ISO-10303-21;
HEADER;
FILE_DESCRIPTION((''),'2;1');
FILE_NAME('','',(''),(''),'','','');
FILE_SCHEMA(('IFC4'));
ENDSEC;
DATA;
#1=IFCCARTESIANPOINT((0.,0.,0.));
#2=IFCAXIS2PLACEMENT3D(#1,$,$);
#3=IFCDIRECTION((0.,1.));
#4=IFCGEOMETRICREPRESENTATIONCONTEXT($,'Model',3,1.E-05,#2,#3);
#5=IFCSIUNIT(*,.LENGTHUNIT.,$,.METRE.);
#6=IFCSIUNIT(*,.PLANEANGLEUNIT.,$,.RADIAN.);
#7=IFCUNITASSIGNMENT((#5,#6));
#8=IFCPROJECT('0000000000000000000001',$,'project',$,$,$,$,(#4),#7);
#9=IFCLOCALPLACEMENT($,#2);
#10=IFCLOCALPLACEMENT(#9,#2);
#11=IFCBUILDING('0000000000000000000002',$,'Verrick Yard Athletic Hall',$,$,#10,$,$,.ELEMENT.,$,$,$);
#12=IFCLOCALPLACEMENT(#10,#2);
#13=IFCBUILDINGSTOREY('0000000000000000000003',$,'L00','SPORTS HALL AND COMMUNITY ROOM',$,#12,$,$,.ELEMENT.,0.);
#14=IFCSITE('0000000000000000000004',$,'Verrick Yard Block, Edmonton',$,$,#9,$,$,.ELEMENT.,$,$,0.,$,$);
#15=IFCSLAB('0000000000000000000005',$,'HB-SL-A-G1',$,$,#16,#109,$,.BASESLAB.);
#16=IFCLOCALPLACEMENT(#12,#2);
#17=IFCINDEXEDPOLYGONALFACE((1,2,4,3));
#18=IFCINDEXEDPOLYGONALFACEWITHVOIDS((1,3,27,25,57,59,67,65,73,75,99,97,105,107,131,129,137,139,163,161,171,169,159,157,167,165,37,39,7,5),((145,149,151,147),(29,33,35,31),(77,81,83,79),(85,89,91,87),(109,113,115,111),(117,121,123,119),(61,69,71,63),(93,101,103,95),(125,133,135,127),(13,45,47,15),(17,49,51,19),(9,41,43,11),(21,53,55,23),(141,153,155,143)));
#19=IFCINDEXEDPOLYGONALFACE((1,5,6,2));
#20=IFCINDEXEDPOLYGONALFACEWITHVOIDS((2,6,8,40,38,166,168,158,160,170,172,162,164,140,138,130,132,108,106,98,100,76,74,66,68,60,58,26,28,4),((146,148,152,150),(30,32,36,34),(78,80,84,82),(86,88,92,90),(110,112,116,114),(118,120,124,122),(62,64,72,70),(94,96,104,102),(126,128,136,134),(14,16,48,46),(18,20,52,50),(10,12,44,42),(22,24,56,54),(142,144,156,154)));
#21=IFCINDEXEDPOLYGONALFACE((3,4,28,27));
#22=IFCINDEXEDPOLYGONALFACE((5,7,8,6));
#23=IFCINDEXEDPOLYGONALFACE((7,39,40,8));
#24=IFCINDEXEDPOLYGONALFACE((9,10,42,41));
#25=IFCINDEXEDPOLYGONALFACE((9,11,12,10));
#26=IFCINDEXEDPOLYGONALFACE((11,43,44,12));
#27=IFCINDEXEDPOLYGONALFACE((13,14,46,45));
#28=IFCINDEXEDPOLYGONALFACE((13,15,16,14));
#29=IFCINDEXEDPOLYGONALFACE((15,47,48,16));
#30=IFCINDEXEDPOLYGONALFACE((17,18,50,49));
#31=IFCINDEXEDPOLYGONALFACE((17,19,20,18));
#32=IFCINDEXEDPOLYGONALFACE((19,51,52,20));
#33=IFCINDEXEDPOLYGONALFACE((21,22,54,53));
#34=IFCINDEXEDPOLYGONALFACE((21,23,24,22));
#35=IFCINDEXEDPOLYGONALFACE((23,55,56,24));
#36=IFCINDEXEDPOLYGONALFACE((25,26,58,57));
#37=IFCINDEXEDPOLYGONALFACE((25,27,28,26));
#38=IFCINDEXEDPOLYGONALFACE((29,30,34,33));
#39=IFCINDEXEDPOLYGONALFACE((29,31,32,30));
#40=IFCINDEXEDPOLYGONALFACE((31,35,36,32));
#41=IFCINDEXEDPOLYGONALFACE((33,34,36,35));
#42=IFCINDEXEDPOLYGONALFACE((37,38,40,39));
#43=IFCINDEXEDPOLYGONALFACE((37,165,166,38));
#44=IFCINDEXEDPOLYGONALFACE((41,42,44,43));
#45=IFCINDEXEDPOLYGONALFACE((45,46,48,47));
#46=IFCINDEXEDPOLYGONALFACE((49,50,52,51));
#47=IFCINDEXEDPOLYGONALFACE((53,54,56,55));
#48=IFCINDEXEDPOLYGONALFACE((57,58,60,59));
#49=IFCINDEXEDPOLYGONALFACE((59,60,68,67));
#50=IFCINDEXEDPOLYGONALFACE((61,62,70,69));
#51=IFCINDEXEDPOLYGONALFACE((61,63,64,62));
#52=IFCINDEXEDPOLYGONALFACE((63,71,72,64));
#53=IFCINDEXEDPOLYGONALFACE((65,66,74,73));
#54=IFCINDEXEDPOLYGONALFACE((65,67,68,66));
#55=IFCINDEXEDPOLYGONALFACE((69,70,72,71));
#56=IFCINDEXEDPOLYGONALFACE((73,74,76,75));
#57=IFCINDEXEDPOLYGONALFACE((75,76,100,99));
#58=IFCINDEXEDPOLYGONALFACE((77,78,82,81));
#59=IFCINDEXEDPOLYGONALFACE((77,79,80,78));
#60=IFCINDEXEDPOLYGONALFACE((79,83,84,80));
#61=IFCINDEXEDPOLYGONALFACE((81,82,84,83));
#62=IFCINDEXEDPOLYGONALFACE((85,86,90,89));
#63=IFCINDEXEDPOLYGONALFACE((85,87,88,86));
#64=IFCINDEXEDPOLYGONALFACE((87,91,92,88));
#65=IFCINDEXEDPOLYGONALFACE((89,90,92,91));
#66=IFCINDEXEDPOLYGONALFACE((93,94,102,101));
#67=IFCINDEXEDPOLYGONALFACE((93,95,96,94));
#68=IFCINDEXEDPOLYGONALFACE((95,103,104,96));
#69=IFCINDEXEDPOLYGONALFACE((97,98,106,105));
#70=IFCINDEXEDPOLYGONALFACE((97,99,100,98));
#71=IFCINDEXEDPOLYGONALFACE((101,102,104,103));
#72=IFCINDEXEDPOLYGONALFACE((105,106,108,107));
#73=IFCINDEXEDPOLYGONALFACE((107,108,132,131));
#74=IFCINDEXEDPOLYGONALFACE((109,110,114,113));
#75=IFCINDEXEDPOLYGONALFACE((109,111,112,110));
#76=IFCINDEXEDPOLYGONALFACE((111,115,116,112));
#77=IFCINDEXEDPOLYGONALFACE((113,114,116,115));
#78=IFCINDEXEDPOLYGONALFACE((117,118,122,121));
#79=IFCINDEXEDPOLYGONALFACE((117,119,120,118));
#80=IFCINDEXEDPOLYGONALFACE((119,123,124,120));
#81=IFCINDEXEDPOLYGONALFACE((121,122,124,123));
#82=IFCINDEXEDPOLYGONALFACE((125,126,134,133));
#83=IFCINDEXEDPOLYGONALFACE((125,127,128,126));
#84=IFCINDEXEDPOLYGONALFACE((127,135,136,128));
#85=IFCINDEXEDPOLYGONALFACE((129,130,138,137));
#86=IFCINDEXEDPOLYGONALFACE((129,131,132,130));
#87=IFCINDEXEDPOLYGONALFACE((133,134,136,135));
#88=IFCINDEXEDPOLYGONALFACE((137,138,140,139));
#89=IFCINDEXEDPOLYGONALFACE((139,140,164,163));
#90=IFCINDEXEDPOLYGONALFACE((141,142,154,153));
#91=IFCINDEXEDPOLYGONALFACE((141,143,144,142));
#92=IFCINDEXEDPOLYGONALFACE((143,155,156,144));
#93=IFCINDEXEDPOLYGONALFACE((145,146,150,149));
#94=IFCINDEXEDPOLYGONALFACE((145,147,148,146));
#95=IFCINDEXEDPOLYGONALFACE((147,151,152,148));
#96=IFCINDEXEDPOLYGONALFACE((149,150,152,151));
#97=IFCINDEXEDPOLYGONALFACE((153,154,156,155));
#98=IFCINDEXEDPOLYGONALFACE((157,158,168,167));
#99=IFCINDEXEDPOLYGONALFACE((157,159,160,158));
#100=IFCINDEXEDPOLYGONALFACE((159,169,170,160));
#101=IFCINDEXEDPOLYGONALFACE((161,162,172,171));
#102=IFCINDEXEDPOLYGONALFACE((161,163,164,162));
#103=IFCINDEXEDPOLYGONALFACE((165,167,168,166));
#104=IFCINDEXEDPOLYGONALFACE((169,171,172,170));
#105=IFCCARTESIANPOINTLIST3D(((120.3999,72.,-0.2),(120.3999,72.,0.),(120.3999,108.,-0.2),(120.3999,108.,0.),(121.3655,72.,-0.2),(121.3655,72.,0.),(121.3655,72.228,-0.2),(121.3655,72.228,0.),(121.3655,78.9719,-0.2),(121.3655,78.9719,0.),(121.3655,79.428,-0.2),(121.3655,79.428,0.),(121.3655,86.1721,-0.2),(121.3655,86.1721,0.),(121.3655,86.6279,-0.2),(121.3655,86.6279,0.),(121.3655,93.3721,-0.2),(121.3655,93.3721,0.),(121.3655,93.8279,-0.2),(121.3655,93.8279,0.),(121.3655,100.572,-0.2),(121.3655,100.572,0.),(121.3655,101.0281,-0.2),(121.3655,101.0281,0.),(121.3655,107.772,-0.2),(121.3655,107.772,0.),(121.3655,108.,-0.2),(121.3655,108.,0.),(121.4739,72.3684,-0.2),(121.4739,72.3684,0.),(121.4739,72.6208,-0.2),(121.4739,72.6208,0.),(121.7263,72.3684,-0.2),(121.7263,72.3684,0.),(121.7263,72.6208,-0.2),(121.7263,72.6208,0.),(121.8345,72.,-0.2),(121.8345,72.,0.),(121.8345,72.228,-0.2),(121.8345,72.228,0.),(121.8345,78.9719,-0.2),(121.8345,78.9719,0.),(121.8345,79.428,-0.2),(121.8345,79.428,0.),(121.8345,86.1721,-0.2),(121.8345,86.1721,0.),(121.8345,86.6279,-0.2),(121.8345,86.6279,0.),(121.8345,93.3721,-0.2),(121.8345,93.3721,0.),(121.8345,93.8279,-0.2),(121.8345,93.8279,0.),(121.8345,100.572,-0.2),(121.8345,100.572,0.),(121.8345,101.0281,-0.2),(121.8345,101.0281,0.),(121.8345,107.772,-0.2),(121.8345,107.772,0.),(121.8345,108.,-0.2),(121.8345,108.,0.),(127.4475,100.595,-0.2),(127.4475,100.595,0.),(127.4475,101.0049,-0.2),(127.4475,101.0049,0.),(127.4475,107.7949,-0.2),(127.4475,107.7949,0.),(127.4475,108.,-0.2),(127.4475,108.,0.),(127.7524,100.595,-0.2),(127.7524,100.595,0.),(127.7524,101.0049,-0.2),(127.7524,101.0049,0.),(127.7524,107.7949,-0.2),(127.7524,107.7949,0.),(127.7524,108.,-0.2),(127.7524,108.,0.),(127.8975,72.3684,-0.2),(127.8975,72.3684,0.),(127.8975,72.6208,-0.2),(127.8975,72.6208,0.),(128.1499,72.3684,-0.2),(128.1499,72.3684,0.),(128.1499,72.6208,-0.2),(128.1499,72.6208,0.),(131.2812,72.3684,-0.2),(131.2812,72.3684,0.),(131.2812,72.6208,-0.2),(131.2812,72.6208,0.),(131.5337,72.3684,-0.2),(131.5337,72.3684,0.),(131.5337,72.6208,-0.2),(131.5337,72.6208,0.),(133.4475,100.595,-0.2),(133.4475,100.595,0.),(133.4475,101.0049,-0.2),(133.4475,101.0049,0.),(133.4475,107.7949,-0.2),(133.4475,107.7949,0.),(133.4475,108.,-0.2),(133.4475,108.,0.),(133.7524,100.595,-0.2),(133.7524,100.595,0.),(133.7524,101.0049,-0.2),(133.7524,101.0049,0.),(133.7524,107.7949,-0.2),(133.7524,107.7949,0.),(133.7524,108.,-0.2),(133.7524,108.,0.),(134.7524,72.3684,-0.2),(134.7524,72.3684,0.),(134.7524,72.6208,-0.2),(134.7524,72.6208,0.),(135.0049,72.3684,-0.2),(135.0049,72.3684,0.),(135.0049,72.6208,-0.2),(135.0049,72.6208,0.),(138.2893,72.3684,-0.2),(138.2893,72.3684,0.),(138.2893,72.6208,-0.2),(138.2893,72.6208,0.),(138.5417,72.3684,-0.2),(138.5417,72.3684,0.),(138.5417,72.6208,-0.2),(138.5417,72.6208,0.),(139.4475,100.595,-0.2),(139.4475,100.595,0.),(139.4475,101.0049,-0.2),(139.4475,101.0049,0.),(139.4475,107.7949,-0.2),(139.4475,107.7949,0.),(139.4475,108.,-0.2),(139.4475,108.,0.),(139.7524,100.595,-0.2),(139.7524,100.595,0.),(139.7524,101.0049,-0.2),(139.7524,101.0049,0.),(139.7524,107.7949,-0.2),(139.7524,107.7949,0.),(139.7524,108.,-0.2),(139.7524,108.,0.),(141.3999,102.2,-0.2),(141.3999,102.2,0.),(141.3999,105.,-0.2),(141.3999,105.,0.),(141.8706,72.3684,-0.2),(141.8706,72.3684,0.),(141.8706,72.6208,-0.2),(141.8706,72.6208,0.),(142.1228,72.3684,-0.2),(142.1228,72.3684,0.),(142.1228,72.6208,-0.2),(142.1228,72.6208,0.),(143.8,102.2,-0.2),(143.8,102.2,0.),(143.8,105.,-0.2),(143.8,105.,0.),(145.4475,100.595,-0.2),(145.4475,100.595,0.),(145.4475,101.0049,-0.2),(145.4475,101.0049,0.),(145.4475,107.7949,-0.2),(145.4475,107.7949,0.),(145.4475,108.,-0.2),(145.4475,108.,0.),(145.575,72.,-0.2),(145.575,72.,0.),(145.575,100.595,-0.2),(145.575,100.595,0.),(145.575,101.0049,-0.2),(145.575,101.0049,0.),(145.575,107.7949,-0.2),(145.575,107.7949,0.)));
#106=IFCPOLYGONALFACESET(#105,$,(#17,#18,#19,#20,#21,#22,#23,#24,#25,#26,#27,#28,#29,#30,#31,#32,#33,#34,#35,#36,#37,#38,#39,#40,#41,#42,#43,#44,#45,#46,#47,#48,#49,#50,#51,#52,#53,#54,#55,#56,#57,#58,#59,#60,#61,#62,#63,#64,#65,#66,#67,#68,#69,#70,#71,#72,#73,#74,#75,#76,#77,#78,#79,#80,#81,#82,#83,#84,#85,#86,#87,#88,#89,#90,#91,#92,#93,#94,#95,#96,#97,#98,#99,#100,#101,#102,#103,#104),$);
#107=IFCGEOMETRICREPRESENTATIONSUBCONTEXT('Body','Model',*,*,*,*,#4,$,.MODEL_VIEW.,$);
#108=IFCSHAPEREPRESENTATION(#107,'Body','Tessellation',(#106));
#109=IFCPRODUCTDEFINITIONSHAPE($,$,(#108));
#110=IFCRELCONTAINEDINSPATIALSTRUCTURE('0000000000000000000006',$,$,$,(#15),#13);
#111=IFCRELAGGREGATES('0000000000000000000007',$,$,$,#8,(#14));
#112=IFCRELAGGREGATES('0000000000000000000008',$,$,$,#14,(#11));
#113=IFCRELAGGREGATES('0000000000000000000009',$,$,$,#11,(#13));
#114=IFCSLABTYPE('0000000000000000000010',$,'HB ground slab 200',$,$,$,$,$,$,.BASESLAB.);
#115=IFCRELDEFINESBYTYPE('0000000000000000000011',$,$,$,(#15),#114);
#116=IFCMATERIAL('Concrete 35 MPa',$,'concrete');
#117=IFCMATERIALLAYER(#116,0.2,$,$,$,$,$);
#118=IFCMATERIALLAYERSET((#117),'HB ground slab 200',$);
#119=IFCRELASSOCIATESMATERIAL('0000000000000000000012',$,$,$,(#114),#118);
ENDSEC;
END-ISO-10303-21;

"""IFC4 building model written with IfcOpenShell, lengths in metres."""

from ifc_helpers import new_model, si_unit, direction, frame, origin, place, context, subcontext, project, spatial, polyline, outline, extrude, material, layer, layer_set, type_object, element, save


model = new_model("IFC4")

# Units and contexts
model_context = context("Model", 3, precision=1e-05, world=origin(), true_north=direction((0.0, 1.0)))
body_context = subcontext(model_context, "Body", "Model", "MODEL_VIEW")
ifc_project = project(units=[si_unit("LENGTHUNIT", "METRE"), si_unit("PLANEANGLEUNIT", "RADIAN")], contexts=[model_context])

# Site, building, storey
site_placement = place(None, origin())
site = spatial("IfcSite", under=ifc_project, at=site_placement, Name="Verrick Yard Block, Edmonton", CompositionType="ELEMENT", RefElevation=0.0)
building_placement = place(site_placement, origin())
building = spatial("IfcBuilding", under=site, at=building_placement, Name="Verrick Yard Athletic Hall", CompositionType="ELEMENT")
storey_placement = place(building_placement, origin())
storey = spatial("IfcBuildingStorey", under=building, at=storey_placement, Name="L00", Description="SPORTS HALL AND COMMUNITY ROOM", CompositionType="ELEMENT", Elevation=0.0)

# Slab
ifc_material_1 = material(Name="Concrete 35 MPa", Category="concrete")
ifc_layer_1 = layer(ifc_material_1, 0.2)
ifc_layer_set_1 = layer_set([ifc_layer_1], Name="HB ground slab 200")
slab_type_1 = type_object("IfcSlabType", Name="HB ground slab 200", PredefinedType="BASESLAB", material=ifc_layer_set_1)
slab_1_placement = place(storey_placement, frame((0.0, 0.0, -0.2)))
element("IfcSlab", 1, at=slab_1_placement, inside=storey, type_object=slab_type_1, Name="HB-SL-A-G1", PredefinedType="BASESLAB", context=body_context, shape_type="SweptSolid", body=[
    extrude(outline(polyline([(145.575, 72.0), (121.8345, 72.0), (121.8345, 72.228), (121.3655, 72.228), (121.3655, 72.0), (120.3999, 72.0), (120.3999, 108.0), (121.3655, 108.0), (121.3655, 107.772), (121.8345, 107.772), (121.8345, 108.0), (127.4475, 108.0), (127.4475, 107.7949), (127.7524, 107.7949), (127.7524, 108.0), (133.4475, 108.0), (133.4475, 107.7949), (133.7524, 107.7949), (133.7524, 108.0), (139.4475, 108.0), (139.4475, 107.7949), (139.7524, 107.7949), (139.7524, 108.0), (145.4475, 108.0), (145.4475, 107.7949), (145.575, 107.7949), (145.575, 101.0049), (145.4475, 101.0049), (145.4475, 100.595), (145.575, 100.595), (145.575, 72.0)]), holes=[polyline([(121.7263, 72.6208), (121.4739, 72.6208), (121.4739, 72.3684), (121.7263, 72.3684), (121.7263, 72.6208)]), polyline([(128.1499, 72.6208), (127.8975, 72.6208), (127.8975, 72.3684), (128.1499, 72.3684), (128.1499, 72.6208)]), polyline([(131.5337, 72.3684), (131.5337, 72.6208), (131.2812, 72.6208), (131.2812, 72.3684), (131.5337, 72.3684)]), polyline([(121.8345, 78.9719), (121.8345, 79.428), (121.3655, 79.428), (121.3655, 78.9719), (121.8345, 78.9719)]), polyline([(121.8345, 86.6279), (121.3655, 86.6279), (121.3655, 86.1721), (121.8345, 86.1721), (121.8345, 86.6279)]), polyline([(121.8345, 93.8279), (121.3655, 93.8279), (121.3655, 93.3721), (121.8345, 93.3721), (121.8345, 93.8279)]), polyline([(121.8345, 101.0281), (121.3655, 101.0281), (121.3655, 100.572), (121.8345, 100.572), (121.8345, 101.0281)]), polyline([(127.7524, 100.595), (127.7524, 101.0049), (127.4475, 101.0049), (127.4475, 100.595), (127.7524, 100.595)]), polyline([(135.0049, 72.6208), (134.7524, 72.6208), (134.7524, 72.3684), (135.0049, 72.3684), (135.0049, 72.6208)]), polyline([(138.5417, 72.6208), (138.2893, 72.6208), (138.2893, 72.3684), (138.5417, 72.3684), (138.5417, 72.6208)]), polyline([(142.1228, 72.3684), (142.1228, 72.6208), (141.8706, 72.6208), (141.8706, 72.3684), (142.1228, 72.3684)]), polyline([(133.7524, 100.595), (133.7524, 101.0049), (133.4475, 101.0049), (133.4475, 100.595), (133.7524, 100.595)]), polyline([(139.7524, 101.0049), (139.4475, 101.0049), (139.4475, 100.595), (139.7524, 100.595), (139.7524, 101.0049)]), polyline([(143.8, 102.2), (143.8, 105.0), (141.3999, 105.0), (141.3999, 102.2), (143.8, 102.2)])]), origin(), (0.0, 0.0, 1.0), 0.2),
])

save(model, "model.ifc")
